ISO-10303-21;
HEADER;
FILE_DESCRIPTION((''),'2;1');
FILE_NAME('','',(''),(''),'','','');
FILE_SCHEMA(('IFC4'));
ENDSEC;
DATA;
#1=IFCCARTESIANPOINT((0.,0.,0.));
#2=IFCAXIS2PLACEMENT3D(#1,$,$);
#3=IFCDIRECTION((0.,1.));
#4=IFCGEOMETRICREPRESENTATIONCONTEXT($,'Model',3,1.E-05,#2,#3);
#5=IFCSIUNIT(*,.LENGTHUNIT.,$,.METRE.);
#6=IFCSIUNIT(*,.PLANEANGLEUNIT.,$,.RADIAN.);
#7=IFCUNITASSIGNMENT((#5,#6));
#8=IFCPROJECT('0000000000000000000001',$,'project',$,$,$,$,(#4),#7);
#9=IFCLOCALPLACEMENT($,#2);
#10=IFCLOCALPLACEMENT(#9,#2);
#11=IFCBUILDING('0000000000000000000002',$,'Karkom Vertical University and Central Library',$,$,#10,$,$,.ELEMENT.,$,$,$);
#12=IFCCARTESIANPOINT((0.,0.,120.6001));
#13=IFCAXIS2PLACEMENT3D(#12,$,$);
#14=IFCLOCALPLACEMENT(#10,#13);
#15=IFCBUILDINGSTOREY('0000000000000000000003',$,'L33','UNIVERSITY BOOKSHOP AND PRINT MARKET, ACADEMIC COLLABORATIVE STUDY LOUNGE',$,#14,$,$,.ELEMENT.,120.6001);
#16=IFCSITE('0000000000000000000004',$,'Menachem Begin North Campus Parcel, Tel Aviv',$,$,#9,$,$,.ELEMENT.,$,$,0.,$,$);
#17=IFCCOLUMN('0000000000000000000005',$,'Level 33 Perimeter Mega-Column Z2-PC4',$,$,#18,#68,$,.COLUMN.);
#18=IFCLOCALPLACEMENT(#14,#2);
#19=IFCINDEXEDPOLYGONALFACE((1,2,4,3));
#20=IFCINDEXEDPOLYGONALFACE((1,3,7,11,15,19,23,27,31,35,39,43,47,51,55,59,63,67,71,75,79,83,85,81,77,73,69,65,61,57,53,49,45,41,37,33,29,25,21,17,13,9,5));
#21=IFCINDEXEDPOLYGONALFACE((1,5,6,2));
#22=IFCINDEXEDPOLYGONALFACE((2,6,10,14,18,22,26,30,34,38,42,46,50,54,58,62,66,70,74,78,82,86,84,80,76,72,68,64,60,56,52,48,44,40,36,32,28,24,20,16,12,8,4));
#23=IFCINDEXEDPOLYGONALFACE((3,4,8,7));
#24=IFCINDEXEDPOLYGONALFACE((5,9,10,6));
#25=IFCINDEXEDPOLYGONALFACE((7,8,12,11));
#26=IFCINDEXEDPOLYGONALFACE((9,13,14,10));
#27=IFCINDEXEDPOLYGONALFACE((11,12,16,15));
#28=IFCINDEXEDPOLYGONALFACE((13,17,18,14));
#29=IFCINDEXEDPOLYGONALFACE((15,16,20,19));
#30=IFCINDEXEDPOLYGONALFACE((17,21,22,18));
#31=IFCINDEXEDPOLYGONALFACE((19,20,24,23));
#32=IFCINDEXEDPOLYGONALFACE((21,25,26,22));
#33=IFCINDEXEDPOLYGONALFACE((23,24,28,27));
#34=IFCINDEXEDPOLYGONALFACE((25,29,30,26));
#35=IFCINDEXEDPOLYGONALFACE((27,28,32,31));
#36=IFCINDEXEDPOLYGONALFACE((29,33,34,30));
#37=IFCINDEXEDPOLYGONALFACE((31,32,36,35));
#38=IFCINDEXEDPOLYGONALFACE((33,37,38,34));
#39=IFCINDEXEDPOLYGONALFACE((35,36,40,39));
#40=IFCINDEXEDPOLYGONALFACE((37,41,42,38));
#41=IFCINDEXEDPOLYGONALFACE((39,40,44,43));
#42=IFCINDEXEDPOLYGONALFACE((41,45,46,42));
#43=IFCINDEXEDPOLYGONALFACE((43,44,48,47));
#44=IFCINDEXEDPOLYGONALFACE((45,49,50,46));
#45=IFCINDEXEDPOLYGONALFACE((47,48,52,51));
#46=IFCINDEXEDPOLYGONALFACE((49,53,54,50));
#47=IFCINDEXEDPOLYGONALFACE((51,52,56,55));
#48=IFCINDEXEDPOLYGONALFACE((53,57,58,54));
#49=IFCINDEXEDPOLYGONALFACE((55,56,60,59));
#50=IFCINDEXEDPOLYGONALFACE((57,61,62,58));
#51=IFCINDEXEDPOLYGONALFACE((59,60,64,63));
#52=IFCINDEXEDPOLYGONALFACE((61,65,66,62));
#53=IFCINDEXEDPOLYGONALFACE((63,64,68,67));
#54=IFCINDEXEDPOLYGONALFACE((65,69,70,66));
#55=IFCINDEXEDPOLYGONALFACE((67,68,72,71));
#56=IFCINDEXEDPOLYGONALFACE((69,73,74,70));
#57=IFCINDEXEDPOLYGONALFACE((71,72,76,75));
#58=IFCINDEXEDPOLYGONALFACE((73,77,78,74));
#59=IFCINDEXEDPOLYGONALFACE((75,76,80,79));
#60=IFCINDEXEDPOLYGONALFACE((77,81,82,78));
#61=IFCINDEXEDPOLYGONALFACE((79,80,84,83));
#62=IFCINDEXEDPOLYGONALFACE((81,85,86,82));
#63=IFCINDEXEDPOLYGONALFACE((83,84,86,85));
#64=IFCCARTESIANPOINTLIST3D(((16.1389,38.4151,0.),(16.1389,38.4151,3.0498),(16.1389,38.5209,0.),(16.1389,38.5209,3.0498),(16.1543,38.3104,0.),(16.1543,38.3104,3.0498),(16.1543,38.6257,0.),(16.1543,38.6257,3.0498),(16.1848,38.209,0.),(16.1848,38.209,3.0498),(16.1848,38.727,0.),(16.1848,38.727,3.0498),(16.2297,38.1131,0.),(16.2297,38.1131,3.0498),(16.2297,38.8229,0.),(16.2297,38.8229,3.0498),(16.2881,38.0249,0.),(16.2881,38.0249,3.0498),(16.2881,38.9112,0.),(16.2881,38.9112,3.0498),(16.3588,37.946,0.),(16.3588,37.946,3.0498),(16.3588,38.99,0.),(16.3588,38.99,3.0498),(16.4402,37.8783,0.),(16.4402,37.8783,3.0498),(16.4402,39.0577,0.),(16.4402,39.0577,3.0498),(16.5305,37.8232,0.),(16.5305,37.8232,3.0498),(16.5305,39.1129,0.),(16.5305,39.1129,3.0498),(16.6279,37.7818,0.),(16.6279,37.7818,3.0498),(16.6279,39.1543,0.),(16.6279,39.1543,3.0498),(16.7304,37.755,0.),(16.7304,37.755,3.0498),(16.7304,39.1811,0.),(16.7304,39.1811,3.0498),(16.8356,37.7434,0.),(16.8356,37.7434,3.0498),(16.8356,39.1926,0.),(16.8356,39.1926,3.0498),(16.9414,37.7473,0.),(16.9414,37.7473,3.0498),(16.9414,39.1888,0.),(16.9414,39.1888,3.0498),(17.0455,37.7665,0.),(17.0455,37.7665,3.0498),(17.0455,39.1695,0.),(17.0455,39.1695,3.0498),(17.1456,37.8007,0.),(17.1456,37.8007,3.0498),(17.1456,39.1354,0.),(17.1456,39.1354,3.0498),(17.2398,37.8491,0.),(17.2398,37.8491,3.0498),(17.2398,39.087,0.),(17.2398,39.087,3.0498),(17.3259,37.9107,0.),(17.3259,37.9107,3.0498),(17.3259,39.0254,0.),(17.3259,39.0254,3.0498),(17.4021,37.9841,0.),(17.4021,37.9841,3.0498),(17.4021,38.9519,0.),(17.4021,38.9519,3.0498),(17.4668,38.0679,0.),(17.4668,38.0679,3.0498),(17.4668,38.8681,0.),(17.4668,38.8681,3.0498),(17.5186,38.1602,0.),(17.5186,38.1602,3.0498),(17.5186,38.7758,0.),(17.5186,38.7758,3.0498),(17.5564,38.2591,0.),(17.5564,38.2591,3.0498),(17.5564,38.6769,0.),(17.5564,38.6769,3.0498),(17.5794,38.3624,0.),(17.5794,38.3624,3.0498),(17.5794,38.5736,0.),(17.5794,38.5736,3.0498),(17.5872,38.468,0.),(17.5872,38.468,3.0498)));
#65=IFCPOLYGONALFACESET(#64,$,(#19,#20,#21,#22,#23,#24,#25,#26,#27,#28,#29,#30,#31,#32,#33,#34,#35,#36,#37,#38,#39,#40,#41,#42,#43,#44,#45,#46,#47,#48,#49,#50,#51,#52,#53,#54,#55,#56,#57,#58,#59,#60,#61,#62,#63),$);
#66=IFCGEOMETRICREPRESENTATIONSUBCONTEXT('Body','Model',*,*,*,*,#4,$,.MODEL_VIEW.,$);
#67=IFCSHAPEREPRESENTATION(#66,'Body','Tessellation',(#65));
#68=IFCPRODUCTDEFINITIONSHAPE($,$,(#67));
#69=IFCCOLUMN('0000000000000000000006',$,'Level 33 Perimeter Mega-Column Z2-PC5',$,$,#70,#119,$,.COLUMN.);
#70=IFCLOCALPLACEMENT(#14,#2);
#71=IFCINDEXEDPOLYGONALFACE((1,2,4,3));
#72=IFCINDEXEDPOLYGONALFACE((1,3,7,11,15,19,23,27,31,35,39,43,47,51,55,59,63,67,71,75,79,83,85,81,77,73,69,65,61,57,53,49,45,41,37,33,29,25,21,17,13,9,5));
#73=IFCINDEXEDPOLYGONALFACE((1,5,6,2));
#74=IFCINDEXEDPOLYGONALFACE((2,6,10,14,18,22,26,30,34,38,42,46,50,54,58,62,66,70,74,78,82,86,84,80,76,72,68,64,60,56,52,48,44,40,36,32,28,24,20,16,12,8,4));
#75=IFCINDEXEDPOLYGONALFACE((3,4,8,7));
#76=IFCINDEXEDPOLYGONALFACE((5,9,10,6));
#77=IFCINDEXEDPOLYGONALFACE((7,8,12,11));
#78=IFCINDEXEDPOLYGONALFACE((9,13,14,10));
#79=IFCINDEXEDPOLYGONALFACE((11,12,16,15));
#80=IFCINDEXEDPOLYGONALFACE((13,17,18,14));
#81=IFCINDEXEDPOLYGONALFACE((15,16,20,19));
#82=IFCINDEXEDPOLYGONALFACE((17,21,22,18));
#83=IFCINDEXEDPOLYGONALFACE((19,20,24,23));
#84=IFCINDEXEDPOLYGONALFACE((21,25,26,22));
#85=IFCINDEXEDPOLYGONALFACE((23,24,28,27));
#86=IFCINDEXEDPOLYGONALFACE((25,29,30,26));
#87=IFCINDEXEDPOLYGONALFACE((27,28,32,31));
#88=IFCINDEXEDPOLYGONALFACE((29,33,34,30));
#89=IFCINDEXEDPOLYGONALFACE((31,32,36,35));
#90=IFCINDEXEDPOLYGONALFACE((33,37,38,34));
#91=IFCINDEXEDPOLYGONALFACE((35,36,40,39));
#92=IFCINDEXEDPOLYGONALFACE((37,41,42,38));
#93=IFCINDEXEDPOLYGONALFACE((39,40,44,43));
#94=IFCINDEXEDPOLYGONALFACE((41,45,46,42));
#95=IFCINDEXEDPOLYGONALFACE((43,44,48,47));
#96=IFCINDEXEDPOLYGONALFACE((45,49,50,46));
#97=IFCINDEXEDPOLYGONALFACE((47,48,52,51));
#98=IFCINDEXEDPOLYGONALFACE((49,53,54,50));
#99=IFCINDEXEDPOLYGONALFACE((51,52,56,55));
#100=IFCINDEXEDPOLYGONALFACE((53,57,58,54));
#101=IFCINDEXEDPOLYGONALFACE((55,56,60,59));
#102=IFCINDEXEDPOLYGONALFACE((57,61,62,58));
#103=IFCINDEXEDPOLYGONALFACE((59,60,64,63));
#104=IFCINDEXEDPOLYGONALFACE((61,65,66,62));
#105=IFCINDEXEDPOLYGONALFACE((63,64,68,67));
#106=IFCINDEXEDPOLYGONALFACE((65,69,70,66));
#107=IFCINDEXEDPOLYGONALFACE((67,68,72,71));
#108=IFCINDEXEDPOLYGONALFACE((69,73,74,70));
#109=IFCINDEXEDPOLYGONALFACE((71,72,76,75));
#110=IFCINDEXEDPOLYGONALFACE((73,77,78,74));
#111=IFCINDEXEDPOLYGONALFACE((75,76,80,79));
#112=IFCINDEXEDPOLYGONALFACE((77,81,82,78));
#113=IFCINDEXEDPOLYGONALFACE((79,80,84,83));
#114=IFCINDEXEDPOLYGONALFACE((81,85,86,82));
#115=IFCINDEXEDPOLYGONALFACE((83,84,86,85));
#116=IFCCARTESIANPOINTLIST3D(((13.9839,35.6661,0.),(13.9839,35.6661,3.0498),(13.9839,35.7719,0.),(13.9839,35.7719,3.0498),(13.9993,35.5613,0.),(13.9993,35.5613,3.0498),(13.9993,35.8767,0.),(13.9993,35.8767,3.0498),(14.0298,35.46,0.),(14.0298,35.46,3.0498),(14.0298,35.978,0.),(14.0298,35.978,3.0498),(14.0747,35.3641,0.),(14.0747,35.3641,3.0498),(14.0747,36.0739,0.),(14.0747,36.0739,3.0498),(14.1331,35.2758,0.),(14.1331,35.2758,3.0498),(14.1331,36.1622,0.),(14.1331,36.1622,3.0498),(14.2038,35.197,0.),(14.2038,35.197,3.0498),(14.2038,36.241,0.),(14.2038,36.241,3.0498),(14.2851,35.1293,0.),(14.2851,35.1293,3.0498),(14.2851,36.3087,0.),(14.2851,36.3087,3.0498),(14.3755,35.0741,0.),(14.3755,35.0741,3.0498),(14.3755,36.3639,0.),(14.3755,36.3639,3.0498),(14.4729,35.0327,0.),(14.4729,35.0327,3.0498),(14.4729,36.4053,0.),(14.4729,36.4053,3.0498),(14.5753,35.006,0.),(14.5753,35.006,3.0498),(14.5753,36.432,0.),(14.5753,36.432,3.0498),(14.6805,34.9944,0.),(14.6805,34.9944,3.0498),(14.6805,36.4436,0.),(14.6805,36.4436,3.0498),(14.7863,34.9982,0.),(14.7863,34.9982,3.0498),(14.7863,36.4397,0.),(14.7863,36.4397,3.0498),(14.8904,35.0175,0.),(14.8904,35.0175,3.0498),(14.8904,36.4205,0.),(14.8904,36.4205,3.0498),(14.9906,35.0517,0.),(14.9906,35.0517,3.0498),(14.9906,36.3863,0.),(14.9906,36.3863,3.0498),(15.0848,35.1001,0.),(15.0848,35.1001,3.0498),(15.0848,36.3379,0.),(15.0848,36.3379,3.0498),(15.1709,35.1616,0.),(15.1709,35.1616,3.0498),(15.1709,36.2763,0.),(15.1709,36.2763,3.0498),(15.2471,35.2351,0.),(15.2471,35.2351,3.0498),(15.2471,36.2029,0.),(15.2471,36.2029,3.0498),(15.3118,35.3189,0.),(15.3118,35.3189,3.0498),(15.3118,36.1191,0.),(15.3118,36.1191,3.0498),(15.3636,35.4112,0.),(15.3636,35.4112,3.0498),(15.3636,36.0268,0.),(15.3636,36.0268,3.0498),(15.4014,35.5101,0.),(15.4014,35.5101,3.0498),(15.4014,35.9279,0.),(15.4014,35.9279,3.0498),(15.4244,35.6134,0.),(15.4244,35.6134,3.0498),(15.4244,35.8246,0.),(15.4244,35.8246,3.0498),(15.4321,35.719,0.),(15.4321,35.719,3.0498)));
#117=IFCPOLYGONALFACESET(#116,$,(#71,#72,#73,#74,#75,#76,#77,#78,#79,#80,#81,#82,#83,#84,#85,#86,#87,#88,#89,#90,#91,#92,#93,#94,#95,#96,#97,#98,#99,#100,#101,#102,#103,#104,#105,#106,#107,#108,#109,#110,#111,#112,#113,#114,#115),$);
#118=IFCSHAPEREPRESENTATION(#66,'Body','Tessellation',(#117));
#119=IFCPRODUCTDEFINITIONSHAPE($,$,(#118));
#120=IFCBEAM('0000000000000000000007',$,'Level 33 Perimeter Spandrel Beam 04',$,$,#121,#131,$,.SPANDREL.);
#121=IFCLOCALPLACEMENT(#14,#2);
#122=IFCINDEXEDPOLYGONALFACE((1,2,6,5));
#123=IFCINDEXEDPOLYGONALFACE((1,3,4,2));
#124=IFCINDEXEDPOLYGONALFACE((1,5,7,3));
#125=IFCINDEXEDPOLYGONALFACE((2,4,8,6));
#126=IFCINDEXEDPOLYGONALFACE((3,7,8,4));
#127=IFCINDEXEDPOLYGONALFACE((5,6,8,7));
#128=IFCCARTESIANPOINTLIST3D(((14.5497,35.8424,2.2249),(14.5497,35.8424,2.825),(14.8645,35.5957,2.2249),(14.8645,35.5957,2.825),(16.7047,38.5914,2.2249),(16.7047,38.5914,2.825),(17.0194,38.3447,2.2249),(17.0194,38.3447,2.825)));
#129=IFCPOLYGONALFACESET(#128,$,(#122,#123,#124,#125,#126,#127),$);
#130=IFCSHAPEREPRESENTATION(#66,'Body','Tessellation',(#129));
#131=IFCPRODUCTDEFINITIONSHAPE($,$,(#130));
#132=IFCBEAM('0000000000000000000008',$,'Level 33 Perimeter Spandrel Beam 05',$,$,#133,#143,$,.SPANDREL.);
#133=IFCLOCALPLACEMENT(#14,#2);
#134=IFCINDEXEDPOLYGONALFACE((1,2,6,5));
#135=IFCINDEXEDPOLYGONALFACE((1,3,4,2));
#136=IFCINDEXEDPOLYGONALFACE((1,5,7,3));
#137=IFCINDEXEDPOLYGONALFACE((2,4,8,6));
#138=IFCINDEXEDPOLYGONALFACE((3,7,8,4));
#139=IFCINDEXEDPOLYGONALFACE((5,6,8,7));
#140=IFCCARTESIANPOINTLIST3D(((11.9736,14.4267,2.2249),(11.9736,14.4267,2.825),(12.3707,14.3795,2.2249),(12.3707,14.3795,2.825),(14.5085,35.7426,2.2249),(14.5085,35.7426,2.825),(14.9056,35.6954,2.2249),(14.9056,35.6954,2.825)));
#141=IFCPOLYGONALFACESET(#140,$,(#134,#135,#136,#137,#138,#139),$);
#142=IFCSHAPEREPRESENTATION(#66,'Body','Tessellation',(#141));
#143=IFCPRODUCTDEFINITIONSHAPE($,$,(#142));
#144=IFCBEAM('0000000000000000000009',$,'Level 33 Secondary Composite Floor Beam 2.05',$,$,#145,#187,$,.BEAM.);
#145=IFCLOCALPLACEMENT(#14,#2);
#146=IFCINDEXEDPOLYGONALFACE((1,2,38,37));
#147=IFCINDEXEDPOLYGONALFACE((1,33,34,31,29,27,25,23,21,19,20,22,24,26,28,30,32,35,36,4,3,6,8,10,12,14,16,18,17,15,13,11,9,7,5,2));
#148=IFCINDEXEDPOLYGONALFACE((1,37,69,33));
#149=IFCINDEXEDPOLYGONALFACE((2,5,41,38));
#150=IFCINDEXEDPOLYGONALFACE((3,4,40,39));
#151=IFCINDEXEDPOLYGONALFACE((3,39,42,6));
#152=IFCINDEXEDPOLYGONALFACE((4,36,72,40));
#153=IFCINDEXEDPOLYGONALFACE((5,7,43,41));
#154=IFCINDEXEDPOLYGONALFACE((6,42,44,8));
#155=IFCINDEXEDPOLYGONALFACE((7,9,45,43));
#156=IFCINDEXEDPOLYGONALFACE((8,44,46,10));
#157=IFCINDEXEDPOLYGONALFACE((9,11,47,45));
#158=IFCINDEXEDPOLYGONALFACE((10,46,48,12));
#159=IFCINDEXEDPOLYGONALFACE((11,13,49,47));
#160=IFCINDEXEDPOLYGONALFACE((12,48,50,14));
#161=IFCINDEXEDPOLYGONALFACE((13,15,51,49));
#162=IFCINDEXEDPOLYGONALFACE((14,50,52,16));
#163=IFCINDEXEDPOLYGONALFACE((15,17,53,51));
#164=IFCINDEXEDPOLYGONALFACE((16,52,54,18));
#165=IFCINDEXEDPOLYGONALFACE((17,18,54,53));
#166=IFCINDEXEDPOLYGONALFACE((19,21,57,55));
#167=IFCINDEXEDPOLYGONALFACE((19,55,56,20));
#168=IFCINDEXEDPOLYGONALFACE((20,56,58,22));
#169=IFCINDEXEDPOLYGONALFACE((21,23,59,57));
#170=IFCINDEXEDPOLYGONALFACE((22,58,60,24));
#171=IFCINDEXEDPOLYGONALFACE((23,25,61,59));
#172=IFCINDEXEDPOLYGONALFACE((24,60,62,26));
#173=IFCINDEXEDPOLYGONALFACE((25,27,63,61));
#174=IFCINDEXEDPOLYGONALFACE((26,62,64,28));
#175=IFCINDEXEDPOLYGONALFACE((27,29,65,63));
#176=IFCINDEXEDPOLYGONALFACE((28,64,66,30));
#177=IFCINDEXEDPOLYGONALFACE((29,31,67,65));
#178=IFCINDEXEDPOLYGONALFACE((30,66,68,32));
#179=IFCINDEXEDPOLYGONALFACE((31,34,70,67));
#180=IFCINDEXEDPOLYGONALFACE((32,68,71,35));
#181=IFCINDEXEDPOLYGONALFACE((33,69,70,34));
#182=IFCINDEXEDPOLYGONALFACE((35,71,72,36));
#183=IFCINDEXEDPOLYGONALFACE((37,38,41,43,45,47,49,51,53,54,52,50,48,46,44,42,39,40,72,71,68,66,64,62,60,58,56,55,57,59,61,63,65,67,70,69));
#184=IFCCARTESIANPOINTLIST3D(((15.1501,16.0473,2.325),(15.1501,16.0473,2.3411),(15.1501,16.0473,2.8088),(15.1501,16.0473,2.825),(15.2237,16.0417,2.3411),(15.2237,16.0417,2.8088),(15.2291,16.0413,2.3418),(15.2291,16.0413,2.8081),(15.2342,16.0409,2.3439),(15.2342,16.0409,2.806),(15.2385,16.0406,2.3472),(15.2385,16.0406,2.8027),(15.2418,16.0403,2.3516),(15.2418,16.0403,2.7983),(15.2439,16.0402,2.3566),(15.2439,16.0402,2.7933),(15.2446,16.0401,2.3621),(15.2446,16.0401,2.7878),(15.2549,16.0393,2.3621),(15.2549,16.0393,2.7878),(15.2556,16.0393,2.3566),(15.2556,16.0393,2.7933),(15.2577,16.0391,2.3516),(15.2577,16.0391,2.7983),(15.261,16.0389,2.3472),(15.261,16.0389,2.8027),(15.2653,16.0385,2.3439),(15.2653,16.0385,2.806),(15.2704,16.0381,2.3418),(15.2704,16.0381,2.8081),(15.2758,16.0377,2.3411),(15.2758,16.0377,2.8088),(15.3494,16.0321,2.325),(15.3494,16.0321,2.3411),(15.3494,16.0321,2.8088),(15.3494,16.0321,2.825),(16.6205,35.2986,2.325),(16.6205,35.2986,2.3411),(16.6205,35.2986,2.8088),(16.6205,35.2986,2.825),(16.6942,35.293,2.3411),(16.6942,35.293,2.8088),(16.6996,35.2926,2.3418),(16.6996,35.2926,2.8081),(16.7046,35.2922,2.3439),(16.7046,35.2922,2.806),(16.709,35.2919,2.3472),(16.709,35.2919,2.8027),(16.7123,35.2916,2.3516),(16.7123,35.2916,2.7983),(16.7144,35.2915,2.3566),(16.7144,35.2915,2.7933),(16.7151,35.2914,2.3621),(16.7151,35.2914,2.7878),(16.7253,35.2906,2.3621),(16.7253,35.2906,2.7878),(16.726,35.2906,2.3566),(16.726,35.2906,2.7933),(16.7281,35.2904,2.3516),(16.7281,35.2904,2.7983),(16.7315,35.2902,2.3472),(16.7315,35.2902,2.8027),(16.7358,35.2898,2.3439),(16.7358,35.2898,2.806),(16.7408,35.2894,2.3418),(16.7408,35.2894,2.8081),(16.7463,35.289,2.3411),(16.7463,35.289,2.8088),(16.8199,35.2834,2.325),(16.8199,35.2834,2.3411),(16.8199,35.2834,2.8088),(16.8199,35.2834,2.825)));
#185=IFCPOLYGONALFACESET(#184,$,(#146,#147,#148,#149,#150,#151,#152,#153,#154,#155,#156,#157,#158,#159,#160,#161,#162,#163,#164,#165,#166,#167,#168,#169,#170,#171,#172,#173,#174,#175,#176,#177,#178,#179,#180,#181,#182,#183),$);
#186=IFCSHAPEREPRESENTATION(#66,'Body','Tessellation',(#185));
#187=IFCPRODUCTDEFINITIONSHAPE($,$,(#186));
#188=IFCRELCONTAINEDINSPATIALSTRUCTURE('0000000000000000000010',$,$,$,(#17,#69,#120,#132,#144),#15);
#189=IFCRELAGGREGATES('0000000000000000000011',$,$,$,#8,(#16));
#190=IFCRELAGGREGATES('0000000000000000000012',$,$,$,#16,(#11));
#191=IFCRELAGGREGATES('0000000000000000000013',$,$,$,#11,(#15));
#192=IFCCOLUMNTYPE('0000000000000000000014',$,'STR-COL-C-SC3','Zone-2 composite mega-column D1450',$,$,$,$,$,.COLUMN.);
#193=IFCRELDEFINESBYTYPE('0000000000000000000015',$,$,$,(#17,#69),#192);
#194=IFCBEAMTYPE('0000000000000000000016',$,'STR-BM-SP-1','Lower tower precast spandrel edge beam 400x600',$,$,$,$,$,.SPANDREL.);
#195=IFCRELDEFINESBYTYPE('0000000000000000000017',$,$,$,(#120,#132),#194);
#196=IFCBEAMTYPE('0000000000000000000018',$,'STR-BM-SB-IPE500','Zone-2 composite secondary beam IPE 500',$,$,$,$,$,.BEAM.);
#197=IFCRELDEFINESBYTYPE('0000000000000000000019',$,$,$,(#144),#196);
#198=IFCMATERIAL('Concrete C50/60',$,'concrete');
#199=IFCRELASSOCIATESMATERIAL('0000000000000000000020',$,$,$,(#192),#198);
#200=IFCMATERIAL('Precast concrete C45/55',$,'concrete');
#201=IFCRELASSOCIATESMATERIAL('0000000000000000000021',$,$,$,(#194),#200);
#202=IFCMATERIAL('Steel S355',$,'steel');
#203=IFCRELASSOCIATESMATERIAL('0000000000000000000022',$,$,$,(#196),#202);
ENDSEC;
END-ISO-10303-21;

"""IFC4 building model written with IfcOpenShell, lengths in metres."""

from ifc_helpers import new_model, si_unit, direction, frame, origin, origin_with_axes, origin_2d, place, context, subcontext, project, spatial, rectangle, circle, i_section, extrude, source, transform, mapped, material, material_profile, profile_set, type_object, element, save


model = new_model("IFC4")

# Units and contexts
model_context = context("Model", 3, precision=1e-05, world=origin(), true_north=direction((0.0, 1.0)))
body_context = subcontext(model_context, "Body", "Model", "MODEL_VIEW")
ifc_project = project(units=[si_unit("LENGTHUNIT", "METRE"), si_unit("PLANEANGLEUNIT", "RADIAN")], contexts=[model_context])

# Site, building, storey
site_placement = place(None, origin())
site = spatial("IfcSite", under=ifc_project, at=site_placement, Name="Menachem Begin North Campus Parcel, Tel Aviv", CompositionType="ELEMENT", RefElevation=0.0)
building_placement = place(site_placement, origin())
building = spatial("IfcBuilding", under=site, at=building_placement, Name="Karkom Vertical University and Central Library", CompositionType="ELEMENT")
storey_placement = place(building_placement, frame((0.0, 0.0, 120.6001)))
storey = spatial("IfcBuildingStorey", under=building, at=storey_placement, Name="L33", Description="UNIVERSITY BOOKSHOP AND PRINT MARKET, ACADEMIC COLLABORATIVE STUDY LOUNGE", CompositionType="ELEMENT", Elevation=120.6001)

# Columns
ifc_material_1 = material(Name="Concrete C50/60", Category="concrete")
ifc_material_profile_1 = material_profile(ifc_material_1, circle(Radius=0.7251, at=origin_2d()), Name="CFT-D1450")
ifc_profile_set_1 = profile_set([ifc_material_profile_1], Name="Concrete C50/60")
column_type = type_object("IfcColumnType", Name="STR-COL-C-SC3", Description="Zone-2 composite mega-column D1450", PredefinedType="COLUMN", material=ifc_profile_set_1)
shared_shape_1 = source(origin_with_axes(), body_context, "Body", "SweptSolid", [
    extrude(circle(Radius=0.7251, at=origin_2d()), origin(), (0.0, 0.0, 1.0), 3.0498),
])
for number, where, z_axis, x_axis, name in (
    (1, (16.8621, 38.468, 0.0), (0.0, 0.0, 1.0), (1.0, 0.0, 0.0), "Level 33 Perimeter Mega-Column Z2-PC4"),
    (2, (14.707, 35.719, 0.0), (0.0, 0.0, 1.0), (1.0, 0.0, 0.0), "Level 33 Perimeter Mega-Column Z2-PC5"),
):
    element("IfcColumn", number, at=place(storey_placement, frame(where, z_axis=z_axis, x_axis=x_axis)), inside=storey, type_object=column_type, Name=name, PredefinedType="COLUMN", context=body_context, shape_type="MappedRepresentation", body=[
        mapped(shared_shape_1, transform((0.0, 0.0, 0.0), scale=1.0)),
    ])

# Beams
ifc_material_2 = material(Name="Precast concrete C45/55", Category="concrete")
ifc_material_profile_2 = material_profile(ifc_material_2, rectangle(XDim=0.3999, YDim=0.6001, at=origin_2d()), Name="SPB-400x600")
ifc_profile_set_2 = profile_set([ifc_material_profile_2], Name="Precast concrete C45/55")
beam_type_1 = type_object("IfcBeamType", Name="STR-BM-SP-1", Description="Lower tower precast spandrel edge beam 400x600", PredefinedType="SPANDREL", material=ifc_profile_set_2)
shared_shape_2 = source(origin_with_axes(), body_context, "Body", "SweptSolid", [
    extrude(rectangle(XDim=0.3999, YDim=0.6001, at=origin_2d()), origin(), (0.0, 0.0, 1.0), 3.4929),
])
beam_1_placement = place(storey_placement, frame((16.8621, 38.468, 2.5249), z_axis=(-0.616951, -0.787002, 0.0), x_axis=(0.787002, -0.616951, 0.0)))
element("IfcBeam", 3, at=beam_1_placement, inside=storey, type_object=beam_type_1, Name="Level 33 Perimeter Spandrel Beam 04", PredefinedType="SPANDREL", context=body_context, shape_type="MappedRepresentation", body=[
    mapped(shared_shape_2, transform((0.0, 0.0, 0.0), scale=1.0)),
])
shared_shape_3 = source(origin_with_axes(), body_context, "Body", "SweptSolid", [
    extrude(rectangle(XDim=0.3999, YDim=0.6001, at=origin_2d()), origin(), (0.0, 0.0, 1.0), 21.4661),
])
beam_2_placement = place(storey_placement, frame((14.707, 35.719, 2.5249), z_axis=(-0.118089, -0.993003, 0.0), x_axis=(0.993003, -0.118089, 0.0)))
element("IfcBeam", 4, at=beam_2_placement, inside=storey, type_object=beam_type_1, Name="Level 33 Perimeter Spandrel Beam 05", PredefinedType="SPANDREL", context=body_context, shape_type="MappedRepresentation", body=[
    mapped(shared_shape_3, transform((0.0, 0.0, 0.0), scale=1.0)),
])
ifc_material_3 = material(Name="Steel S355", Category="steel")
ifc_material_profile_3 = material_profile(ifc_material_3, i_section(OverallWidth=0.2, OverallDepth=0.5, WebThickness=0.0103, FlangeThickness=0.0161, FilletRadius=0.021, at=origin_2d()), Name="IPE 500")
ifc_profile_set_3 = profile_set([ifc_material_profile_3], Name="Steel S355")
beam_type_2 = type_object("IfcBeamType", Name="STR-BM-SB-IPE500", Description="Zone-2 composite secondary beam IPE 500", PredefinedType="BEAM", material=ifc_profile_set_3)
shared_shape_4 = source(origin_with_axes(), body_context, "Body", "SweptSolid", [
    extrude(i_section(OverallWidth=0.2, OverallDepth=0.5, WebThickness=0.0103, FlangeThickness=0.0161, FilletRadius=0.021, at=origin_2d()), origin(), (0.0, 0.0, 1.0), 19.3074),
])
beam_3_placement = place(storey_placement, frame((16.7202, 35.291, 2.575), z_axis=(-0.076161, -0.997096, 0.0), x_axis=(0.997096, -0.076161, 0.0)))
element("IfcBeam", 5, at=beam_3_placement, inside=storey, type_object=beam_type_2, Name="Level 33 Secondary Composite Floor Beam 2.05", PredefinedType="BEAM", context=body_context, shape_type="MappedRepresentation", body=[
    mapped(shared_shape_4, transform((0.0, 0.0, 0.0), scale=1.0)),
])

save(model, "model.ifc")
